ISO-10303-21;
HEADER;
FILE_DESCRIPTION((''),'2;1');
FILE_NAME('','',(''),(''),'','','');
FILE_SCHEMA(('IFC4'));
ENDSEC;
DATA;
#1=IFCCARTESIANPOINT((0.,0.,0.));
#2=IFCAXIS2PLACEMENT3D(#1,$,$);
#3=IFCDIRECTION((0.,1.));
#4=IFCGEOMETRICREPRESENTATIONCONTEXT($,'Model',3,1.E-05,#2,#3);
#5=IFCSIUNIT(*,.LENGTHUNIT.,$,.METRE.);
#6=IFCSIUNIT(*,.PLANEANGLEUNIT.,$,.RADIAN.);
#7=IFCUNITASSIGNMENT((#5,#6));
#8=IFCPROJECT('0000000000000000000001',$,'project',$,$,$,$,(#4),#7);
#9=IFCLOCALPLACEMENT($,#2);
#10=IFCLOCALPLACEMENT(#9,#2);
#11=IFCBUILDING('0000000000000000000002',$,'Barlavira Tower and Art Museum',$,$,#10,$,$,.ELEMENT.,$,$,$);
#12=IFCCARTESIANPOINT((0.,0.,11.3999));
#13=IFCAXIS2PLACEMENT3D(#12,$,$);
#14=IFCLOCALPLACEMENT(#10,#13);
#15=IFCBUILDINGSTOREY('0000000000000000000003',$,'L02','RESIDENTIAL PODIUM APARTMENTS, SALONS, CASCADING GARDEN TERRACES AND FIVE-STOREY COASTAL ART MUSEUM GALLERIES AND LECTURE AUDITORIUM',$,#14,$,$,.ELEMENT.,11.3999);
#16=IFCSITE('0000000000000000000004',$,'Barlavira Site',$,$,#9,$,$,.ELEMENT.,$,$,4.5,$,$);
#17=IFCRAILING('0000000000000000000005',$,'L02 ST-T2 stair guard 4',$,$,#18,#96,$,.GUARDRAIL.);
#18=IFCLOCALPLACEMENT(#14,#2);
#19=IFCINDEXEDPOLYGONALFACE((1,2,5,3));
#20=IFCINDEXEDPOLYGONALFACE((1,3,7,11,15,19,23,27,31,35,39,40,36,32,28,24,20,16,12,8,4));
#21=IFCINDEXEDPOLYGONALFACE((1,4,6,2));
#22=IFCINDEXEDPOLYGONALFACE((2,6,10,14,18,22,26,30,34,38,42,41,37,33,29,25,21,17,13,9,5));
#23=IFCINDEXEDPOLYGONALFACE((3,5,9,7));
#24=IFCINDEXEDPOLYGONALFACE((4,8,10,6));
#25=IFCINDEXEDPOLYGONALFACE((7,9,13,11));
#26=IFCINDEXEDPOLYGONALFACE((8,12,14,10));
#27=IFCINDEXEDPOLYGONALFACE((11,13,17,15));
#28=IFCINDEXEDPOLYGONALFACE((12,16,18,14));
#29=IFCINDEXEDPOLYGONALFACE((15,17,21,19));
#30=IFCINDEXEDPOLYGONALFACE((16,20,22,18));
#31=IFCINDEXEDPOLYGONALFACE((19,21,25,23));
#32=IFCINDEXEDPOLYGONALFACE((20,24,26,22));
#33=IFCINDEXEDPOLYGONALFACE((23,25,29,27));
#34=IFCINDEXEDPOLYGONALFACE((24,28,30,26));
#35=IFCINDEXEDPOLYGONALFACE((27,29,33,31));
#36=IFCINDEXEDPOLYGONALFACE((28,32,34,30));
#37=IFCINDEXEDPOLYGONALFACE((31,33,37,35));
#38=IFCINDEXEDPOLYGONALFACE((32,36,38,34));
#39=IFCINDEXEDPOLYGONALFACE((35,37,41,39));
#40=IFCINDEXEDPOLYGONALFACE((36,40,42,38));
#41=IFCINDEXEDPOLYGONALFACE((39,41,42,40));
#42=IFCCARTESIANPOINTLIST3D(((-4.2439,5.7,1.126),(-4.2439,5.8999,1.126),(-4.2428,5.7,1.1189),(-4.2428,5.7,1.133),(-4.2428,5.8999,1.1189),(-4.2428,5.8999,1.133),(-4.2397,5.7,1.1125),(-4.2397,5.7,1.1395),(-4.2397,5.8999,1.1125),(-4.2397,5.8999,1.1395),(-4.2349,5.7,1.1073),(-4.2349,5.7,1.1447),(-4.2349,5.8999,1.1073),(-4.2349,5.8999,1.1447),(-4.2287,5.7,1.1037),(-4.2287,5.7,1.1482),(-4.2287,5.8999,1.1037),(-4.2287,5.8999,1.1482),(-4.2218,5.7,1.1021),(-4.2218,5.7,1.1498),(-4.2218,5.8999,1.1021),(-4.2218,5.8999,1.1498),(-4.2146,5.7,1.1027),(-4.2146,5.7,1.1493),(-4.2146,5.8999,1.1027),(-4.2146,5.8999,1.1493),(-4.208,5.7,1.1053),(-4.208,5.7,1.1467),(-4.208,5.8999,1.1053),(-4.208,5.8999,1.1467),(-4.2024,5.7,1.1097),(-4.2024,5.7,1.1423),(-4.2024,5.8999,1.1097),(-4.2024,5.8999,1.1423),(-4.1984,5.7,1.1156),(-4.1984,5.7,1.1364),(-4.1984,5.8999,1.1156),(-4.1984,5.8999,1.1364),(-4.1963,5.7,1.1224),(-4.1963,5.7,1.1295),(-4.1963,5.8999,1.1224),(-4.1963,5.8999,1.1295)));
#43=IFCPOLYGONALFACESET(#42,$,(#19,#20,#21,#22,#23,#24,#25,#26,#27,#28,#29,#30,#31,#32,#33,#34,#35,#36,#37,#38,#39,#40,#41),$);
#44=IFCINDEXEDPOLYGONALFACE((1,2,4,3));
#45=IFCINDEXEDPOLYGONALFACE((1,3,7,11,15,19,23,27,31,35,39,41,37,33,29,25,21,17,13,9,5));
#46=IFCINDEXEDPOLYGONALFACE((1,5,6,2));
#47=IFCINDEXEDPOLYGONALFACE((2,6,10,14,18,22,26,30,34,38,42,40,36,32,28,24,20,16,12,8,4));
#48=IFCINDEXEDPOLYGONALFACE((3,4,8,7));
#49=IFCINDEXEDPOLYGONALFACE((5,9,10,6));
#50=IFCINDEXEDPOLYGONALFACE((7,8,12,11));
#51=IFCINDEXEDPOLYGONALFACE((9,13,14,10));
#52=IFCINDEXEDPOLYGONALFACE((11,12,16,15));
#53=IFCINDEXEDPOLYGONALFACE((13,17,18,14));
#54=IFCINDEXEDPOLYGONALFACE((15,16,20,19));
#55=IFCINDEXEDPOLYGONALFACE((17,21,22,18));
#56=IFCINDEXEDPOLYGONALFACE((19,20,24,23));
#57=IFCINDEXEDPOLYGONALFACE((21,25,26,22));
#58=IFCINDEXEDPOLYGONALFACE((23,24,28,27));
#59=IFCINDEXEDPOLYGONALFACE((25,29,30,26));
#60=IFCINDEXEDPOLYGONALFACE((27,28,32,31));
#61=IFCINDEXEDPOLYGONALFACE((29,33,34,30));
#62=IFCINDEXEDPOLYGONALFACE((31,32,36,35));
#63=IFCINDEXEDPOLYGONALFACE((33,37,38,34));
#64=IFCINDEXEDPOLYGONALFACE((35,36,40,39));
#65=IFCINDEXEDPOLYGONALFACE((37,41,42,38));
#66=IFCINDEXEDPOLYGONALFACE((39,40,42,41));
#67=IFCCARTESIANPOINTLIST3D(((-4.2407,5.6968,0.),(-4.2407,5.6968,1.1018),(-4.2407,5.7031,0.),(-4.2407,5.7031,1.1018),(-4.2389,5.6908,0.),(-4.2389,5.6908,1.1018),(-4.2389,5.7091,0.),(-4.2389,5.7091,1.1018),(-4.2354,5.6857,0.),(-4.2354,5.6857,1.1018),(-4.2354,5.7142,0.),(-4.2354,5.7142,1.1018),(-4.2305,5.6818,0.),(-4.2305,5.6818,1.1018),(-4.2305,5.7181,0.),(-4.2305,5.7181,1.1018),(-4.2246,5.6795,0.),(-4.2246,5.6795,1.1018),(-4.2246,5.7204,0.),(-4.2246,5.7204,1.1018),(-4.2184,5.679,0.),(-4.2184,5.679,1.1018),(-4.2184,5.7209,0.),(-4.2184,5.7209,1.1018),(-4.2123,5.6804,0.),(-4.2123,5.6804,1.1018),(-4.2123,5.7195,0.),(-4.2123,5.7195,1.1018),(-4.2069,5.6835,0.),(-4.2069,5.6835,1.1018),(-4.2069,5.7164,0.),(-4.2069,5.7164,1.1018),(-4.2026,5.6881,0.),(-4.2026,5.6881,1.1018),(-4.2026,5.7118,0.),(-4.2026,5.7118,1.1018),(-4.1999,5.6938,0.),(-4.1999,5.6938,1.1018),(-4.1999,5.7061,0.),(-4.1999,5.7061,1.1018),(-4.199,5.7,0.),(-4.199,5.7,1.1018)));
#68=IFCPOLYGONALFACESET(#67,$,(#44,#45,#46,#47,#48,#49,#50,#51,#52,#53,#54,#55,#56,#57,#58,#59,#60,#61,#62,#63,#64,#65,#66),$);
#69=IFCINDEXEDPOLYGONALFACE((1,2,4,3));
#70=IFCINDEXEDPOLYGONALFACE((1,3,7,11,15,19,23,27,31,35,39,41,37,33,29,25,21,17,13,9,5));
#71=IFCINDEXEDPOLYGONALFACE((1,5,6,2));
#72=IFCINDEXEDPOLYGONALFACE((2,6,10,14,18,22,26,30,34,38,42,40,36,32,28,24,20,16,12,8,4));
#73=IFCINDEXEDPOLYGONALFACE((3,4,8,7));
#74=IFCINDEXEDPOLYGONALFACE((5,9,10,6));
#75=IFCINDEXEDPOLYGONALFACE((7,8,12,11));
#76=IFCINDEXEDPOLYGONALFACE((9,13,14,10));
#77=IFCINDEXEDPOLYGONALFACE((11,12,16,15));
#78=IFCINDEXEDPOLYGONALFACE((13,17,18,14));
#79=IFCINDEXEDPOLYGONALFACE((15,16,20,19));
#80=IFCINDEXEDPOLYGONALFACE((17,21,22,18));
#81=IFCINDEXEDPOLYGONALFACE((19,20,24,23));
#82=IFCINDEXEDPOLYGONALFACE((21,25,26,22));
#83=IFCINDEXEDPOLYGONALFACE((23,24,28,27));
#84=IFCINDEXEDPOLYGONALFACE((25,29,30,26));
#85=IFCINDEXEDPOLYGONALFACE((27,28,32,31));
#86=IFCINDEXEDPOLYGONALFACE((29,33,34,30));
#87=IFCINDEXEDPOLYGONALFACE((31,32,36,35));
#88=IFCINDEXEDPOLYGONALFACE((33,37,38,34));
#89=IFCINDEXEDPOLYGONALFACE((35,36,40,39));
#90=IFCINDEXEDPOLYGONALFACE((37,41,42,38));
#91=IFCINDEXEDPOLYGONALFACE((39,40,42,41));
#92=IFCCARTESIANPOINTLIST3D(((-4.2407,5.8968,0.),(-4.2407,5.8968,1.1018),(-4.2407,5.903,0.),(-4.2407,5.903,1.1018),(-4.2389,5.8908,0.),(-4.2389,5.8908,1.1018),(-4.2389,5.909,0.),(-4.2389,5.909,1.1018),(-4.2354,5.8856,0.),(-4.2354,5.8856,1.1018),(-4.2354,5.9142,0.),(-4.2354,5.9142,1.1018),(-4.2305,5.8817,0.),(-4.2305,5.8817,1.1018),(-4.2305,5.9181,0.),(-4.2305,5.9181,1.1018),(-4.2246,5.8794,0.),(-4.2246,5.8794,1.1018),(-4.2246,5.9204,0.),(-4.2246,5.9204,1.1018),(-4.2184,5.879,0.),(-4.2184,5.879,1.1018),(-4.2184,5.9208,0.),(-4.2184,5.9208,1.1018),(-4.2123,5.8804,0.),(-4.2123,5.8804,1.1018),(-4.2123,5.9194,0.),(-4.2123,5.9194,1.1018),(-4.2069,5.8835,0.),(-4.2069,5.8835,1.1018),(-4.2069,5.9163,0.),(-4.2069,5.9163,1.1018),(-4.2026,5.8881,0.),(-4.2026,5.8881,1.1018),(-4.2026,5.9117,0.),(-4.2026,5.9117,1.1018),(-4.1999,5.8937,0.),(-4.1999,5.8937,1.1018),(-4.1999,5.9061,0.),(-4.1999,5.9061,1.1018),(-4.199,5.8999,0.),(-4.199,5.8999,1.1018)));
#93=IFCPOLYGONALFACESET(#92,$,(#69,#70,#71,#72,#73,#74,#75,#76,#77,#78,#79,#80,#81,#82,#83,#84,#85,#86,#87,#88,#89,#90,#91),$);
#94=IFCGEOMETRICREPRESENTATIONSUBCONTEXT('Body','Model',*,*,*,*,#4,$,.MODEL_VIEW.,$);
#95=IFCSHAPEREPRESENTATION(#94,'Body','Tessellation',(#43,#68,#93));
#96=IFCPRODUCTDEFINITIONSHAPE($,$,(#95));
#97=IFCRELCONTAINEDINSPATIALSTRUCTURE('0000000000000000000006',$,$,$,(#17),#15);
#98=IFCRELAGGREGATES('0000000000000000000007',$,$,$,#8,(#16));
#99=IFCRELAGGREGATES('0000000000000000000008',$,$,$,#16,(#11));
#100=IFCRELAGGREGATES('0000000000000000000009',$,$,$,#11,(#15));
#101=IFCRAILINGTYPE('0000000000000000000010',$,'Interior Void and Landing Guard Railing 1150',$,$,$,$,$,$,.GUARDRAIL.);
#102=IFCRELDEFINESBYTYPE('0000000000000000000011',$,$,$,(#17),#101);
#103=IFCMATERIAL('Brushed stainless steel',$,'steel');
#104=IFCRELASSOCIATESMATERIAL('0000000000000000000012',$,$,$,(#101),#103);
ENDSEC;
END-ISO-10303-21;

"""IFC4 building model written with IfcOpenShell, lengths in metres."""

from ifc_helpers import new_model, si_unit, direction, frame, origin, origin_2d, place, context, subcontext, project, spatial, circle, extrude, material, type_object, element, save


model = new_model("IFC4")

# Units and contexts
model_context = context("Model", 3, precision=1e-05, world=origin(), true_north=direction((0.0, 1.0)))
body_context = subcontext(model_context, "Body", "Model", "MODEL_VIEW")
ifc_project = project(units=[si_unit("LENGTHUNIT", "METRE"), si_unit("PLANEANGLEUNIT", "RADIAN")], contexts=[model_context])

# Site, building, storey
site_placement = place(None, origin())
site = spatial("IfcSite", under=ifc_project, at=site_placement, Name="Barlavira Site", CompositionType="ELEMENT", RefElevation=4.5)
building_placement = place(site_placement, origin())
building = spatial("IfcBuilding", under=site, at=building_placement, Name="Barlavira Tower and Art Museum", CompositionType="ELEMENT")
storey_placement = place(building_placement, frame((0.0, 0.0, 11.3999)))
storey = spatial("IfcBuildingStorey", under=building, at=storey_placement, Name="L02", Description="RESIDENTIAL PODIUM APARTMENTS, SALONS, CASCADING GARDEN TERRACES AND FIVE-STOREY COASTAL ART MUSEUM GALLERIES AND LECTURE AUDITORIUM", CompositionType="ELEMENT", Elevation=11.3999)

# Shared definitions
ifc_material_1 = material(Name="Brushed stainless steel", Category="steel")

# Railing
railing_type_1 = type_object("IfcRailingType", Name="Interior Void and Landing Guard Railing 1150", PredefinedType="GUARDRAIL", material=ifc_material_1)
railing_1_placement = place(storey_placement, frame((-4.22, 5.7, 0.0)))
element("IfcRailing", 1, at=railing_1_placement, inside=storey, type_object=railing_type_1, Name="L02 ST-T2 stair guard 4", PredefinedType="GUARDRAIL", context=body_context, shape_type="SweptSolid", body=[
    extrude(circle(Radius=0.0239, at=origin_2d()), frame((0.0, 0.0, 1.126), z_axis=(0.0, 1.0, 0.0), x_axis=(-1.0, 0.0, 0.0)), (0.0, 0.0, 1.0), 0.2),
    extrude(circle(Radius=0.021, at=origin_2d()), origin(), (0.0, 0.0, 1.0), 1.1018),
    extrude(circle(Radius=0.021, at=origin_2d()), frame((0.0, 0.2, 0.0)), (0.0, 0.0, 1.0), 1.1018),
])

save(model, "model.ifc")
